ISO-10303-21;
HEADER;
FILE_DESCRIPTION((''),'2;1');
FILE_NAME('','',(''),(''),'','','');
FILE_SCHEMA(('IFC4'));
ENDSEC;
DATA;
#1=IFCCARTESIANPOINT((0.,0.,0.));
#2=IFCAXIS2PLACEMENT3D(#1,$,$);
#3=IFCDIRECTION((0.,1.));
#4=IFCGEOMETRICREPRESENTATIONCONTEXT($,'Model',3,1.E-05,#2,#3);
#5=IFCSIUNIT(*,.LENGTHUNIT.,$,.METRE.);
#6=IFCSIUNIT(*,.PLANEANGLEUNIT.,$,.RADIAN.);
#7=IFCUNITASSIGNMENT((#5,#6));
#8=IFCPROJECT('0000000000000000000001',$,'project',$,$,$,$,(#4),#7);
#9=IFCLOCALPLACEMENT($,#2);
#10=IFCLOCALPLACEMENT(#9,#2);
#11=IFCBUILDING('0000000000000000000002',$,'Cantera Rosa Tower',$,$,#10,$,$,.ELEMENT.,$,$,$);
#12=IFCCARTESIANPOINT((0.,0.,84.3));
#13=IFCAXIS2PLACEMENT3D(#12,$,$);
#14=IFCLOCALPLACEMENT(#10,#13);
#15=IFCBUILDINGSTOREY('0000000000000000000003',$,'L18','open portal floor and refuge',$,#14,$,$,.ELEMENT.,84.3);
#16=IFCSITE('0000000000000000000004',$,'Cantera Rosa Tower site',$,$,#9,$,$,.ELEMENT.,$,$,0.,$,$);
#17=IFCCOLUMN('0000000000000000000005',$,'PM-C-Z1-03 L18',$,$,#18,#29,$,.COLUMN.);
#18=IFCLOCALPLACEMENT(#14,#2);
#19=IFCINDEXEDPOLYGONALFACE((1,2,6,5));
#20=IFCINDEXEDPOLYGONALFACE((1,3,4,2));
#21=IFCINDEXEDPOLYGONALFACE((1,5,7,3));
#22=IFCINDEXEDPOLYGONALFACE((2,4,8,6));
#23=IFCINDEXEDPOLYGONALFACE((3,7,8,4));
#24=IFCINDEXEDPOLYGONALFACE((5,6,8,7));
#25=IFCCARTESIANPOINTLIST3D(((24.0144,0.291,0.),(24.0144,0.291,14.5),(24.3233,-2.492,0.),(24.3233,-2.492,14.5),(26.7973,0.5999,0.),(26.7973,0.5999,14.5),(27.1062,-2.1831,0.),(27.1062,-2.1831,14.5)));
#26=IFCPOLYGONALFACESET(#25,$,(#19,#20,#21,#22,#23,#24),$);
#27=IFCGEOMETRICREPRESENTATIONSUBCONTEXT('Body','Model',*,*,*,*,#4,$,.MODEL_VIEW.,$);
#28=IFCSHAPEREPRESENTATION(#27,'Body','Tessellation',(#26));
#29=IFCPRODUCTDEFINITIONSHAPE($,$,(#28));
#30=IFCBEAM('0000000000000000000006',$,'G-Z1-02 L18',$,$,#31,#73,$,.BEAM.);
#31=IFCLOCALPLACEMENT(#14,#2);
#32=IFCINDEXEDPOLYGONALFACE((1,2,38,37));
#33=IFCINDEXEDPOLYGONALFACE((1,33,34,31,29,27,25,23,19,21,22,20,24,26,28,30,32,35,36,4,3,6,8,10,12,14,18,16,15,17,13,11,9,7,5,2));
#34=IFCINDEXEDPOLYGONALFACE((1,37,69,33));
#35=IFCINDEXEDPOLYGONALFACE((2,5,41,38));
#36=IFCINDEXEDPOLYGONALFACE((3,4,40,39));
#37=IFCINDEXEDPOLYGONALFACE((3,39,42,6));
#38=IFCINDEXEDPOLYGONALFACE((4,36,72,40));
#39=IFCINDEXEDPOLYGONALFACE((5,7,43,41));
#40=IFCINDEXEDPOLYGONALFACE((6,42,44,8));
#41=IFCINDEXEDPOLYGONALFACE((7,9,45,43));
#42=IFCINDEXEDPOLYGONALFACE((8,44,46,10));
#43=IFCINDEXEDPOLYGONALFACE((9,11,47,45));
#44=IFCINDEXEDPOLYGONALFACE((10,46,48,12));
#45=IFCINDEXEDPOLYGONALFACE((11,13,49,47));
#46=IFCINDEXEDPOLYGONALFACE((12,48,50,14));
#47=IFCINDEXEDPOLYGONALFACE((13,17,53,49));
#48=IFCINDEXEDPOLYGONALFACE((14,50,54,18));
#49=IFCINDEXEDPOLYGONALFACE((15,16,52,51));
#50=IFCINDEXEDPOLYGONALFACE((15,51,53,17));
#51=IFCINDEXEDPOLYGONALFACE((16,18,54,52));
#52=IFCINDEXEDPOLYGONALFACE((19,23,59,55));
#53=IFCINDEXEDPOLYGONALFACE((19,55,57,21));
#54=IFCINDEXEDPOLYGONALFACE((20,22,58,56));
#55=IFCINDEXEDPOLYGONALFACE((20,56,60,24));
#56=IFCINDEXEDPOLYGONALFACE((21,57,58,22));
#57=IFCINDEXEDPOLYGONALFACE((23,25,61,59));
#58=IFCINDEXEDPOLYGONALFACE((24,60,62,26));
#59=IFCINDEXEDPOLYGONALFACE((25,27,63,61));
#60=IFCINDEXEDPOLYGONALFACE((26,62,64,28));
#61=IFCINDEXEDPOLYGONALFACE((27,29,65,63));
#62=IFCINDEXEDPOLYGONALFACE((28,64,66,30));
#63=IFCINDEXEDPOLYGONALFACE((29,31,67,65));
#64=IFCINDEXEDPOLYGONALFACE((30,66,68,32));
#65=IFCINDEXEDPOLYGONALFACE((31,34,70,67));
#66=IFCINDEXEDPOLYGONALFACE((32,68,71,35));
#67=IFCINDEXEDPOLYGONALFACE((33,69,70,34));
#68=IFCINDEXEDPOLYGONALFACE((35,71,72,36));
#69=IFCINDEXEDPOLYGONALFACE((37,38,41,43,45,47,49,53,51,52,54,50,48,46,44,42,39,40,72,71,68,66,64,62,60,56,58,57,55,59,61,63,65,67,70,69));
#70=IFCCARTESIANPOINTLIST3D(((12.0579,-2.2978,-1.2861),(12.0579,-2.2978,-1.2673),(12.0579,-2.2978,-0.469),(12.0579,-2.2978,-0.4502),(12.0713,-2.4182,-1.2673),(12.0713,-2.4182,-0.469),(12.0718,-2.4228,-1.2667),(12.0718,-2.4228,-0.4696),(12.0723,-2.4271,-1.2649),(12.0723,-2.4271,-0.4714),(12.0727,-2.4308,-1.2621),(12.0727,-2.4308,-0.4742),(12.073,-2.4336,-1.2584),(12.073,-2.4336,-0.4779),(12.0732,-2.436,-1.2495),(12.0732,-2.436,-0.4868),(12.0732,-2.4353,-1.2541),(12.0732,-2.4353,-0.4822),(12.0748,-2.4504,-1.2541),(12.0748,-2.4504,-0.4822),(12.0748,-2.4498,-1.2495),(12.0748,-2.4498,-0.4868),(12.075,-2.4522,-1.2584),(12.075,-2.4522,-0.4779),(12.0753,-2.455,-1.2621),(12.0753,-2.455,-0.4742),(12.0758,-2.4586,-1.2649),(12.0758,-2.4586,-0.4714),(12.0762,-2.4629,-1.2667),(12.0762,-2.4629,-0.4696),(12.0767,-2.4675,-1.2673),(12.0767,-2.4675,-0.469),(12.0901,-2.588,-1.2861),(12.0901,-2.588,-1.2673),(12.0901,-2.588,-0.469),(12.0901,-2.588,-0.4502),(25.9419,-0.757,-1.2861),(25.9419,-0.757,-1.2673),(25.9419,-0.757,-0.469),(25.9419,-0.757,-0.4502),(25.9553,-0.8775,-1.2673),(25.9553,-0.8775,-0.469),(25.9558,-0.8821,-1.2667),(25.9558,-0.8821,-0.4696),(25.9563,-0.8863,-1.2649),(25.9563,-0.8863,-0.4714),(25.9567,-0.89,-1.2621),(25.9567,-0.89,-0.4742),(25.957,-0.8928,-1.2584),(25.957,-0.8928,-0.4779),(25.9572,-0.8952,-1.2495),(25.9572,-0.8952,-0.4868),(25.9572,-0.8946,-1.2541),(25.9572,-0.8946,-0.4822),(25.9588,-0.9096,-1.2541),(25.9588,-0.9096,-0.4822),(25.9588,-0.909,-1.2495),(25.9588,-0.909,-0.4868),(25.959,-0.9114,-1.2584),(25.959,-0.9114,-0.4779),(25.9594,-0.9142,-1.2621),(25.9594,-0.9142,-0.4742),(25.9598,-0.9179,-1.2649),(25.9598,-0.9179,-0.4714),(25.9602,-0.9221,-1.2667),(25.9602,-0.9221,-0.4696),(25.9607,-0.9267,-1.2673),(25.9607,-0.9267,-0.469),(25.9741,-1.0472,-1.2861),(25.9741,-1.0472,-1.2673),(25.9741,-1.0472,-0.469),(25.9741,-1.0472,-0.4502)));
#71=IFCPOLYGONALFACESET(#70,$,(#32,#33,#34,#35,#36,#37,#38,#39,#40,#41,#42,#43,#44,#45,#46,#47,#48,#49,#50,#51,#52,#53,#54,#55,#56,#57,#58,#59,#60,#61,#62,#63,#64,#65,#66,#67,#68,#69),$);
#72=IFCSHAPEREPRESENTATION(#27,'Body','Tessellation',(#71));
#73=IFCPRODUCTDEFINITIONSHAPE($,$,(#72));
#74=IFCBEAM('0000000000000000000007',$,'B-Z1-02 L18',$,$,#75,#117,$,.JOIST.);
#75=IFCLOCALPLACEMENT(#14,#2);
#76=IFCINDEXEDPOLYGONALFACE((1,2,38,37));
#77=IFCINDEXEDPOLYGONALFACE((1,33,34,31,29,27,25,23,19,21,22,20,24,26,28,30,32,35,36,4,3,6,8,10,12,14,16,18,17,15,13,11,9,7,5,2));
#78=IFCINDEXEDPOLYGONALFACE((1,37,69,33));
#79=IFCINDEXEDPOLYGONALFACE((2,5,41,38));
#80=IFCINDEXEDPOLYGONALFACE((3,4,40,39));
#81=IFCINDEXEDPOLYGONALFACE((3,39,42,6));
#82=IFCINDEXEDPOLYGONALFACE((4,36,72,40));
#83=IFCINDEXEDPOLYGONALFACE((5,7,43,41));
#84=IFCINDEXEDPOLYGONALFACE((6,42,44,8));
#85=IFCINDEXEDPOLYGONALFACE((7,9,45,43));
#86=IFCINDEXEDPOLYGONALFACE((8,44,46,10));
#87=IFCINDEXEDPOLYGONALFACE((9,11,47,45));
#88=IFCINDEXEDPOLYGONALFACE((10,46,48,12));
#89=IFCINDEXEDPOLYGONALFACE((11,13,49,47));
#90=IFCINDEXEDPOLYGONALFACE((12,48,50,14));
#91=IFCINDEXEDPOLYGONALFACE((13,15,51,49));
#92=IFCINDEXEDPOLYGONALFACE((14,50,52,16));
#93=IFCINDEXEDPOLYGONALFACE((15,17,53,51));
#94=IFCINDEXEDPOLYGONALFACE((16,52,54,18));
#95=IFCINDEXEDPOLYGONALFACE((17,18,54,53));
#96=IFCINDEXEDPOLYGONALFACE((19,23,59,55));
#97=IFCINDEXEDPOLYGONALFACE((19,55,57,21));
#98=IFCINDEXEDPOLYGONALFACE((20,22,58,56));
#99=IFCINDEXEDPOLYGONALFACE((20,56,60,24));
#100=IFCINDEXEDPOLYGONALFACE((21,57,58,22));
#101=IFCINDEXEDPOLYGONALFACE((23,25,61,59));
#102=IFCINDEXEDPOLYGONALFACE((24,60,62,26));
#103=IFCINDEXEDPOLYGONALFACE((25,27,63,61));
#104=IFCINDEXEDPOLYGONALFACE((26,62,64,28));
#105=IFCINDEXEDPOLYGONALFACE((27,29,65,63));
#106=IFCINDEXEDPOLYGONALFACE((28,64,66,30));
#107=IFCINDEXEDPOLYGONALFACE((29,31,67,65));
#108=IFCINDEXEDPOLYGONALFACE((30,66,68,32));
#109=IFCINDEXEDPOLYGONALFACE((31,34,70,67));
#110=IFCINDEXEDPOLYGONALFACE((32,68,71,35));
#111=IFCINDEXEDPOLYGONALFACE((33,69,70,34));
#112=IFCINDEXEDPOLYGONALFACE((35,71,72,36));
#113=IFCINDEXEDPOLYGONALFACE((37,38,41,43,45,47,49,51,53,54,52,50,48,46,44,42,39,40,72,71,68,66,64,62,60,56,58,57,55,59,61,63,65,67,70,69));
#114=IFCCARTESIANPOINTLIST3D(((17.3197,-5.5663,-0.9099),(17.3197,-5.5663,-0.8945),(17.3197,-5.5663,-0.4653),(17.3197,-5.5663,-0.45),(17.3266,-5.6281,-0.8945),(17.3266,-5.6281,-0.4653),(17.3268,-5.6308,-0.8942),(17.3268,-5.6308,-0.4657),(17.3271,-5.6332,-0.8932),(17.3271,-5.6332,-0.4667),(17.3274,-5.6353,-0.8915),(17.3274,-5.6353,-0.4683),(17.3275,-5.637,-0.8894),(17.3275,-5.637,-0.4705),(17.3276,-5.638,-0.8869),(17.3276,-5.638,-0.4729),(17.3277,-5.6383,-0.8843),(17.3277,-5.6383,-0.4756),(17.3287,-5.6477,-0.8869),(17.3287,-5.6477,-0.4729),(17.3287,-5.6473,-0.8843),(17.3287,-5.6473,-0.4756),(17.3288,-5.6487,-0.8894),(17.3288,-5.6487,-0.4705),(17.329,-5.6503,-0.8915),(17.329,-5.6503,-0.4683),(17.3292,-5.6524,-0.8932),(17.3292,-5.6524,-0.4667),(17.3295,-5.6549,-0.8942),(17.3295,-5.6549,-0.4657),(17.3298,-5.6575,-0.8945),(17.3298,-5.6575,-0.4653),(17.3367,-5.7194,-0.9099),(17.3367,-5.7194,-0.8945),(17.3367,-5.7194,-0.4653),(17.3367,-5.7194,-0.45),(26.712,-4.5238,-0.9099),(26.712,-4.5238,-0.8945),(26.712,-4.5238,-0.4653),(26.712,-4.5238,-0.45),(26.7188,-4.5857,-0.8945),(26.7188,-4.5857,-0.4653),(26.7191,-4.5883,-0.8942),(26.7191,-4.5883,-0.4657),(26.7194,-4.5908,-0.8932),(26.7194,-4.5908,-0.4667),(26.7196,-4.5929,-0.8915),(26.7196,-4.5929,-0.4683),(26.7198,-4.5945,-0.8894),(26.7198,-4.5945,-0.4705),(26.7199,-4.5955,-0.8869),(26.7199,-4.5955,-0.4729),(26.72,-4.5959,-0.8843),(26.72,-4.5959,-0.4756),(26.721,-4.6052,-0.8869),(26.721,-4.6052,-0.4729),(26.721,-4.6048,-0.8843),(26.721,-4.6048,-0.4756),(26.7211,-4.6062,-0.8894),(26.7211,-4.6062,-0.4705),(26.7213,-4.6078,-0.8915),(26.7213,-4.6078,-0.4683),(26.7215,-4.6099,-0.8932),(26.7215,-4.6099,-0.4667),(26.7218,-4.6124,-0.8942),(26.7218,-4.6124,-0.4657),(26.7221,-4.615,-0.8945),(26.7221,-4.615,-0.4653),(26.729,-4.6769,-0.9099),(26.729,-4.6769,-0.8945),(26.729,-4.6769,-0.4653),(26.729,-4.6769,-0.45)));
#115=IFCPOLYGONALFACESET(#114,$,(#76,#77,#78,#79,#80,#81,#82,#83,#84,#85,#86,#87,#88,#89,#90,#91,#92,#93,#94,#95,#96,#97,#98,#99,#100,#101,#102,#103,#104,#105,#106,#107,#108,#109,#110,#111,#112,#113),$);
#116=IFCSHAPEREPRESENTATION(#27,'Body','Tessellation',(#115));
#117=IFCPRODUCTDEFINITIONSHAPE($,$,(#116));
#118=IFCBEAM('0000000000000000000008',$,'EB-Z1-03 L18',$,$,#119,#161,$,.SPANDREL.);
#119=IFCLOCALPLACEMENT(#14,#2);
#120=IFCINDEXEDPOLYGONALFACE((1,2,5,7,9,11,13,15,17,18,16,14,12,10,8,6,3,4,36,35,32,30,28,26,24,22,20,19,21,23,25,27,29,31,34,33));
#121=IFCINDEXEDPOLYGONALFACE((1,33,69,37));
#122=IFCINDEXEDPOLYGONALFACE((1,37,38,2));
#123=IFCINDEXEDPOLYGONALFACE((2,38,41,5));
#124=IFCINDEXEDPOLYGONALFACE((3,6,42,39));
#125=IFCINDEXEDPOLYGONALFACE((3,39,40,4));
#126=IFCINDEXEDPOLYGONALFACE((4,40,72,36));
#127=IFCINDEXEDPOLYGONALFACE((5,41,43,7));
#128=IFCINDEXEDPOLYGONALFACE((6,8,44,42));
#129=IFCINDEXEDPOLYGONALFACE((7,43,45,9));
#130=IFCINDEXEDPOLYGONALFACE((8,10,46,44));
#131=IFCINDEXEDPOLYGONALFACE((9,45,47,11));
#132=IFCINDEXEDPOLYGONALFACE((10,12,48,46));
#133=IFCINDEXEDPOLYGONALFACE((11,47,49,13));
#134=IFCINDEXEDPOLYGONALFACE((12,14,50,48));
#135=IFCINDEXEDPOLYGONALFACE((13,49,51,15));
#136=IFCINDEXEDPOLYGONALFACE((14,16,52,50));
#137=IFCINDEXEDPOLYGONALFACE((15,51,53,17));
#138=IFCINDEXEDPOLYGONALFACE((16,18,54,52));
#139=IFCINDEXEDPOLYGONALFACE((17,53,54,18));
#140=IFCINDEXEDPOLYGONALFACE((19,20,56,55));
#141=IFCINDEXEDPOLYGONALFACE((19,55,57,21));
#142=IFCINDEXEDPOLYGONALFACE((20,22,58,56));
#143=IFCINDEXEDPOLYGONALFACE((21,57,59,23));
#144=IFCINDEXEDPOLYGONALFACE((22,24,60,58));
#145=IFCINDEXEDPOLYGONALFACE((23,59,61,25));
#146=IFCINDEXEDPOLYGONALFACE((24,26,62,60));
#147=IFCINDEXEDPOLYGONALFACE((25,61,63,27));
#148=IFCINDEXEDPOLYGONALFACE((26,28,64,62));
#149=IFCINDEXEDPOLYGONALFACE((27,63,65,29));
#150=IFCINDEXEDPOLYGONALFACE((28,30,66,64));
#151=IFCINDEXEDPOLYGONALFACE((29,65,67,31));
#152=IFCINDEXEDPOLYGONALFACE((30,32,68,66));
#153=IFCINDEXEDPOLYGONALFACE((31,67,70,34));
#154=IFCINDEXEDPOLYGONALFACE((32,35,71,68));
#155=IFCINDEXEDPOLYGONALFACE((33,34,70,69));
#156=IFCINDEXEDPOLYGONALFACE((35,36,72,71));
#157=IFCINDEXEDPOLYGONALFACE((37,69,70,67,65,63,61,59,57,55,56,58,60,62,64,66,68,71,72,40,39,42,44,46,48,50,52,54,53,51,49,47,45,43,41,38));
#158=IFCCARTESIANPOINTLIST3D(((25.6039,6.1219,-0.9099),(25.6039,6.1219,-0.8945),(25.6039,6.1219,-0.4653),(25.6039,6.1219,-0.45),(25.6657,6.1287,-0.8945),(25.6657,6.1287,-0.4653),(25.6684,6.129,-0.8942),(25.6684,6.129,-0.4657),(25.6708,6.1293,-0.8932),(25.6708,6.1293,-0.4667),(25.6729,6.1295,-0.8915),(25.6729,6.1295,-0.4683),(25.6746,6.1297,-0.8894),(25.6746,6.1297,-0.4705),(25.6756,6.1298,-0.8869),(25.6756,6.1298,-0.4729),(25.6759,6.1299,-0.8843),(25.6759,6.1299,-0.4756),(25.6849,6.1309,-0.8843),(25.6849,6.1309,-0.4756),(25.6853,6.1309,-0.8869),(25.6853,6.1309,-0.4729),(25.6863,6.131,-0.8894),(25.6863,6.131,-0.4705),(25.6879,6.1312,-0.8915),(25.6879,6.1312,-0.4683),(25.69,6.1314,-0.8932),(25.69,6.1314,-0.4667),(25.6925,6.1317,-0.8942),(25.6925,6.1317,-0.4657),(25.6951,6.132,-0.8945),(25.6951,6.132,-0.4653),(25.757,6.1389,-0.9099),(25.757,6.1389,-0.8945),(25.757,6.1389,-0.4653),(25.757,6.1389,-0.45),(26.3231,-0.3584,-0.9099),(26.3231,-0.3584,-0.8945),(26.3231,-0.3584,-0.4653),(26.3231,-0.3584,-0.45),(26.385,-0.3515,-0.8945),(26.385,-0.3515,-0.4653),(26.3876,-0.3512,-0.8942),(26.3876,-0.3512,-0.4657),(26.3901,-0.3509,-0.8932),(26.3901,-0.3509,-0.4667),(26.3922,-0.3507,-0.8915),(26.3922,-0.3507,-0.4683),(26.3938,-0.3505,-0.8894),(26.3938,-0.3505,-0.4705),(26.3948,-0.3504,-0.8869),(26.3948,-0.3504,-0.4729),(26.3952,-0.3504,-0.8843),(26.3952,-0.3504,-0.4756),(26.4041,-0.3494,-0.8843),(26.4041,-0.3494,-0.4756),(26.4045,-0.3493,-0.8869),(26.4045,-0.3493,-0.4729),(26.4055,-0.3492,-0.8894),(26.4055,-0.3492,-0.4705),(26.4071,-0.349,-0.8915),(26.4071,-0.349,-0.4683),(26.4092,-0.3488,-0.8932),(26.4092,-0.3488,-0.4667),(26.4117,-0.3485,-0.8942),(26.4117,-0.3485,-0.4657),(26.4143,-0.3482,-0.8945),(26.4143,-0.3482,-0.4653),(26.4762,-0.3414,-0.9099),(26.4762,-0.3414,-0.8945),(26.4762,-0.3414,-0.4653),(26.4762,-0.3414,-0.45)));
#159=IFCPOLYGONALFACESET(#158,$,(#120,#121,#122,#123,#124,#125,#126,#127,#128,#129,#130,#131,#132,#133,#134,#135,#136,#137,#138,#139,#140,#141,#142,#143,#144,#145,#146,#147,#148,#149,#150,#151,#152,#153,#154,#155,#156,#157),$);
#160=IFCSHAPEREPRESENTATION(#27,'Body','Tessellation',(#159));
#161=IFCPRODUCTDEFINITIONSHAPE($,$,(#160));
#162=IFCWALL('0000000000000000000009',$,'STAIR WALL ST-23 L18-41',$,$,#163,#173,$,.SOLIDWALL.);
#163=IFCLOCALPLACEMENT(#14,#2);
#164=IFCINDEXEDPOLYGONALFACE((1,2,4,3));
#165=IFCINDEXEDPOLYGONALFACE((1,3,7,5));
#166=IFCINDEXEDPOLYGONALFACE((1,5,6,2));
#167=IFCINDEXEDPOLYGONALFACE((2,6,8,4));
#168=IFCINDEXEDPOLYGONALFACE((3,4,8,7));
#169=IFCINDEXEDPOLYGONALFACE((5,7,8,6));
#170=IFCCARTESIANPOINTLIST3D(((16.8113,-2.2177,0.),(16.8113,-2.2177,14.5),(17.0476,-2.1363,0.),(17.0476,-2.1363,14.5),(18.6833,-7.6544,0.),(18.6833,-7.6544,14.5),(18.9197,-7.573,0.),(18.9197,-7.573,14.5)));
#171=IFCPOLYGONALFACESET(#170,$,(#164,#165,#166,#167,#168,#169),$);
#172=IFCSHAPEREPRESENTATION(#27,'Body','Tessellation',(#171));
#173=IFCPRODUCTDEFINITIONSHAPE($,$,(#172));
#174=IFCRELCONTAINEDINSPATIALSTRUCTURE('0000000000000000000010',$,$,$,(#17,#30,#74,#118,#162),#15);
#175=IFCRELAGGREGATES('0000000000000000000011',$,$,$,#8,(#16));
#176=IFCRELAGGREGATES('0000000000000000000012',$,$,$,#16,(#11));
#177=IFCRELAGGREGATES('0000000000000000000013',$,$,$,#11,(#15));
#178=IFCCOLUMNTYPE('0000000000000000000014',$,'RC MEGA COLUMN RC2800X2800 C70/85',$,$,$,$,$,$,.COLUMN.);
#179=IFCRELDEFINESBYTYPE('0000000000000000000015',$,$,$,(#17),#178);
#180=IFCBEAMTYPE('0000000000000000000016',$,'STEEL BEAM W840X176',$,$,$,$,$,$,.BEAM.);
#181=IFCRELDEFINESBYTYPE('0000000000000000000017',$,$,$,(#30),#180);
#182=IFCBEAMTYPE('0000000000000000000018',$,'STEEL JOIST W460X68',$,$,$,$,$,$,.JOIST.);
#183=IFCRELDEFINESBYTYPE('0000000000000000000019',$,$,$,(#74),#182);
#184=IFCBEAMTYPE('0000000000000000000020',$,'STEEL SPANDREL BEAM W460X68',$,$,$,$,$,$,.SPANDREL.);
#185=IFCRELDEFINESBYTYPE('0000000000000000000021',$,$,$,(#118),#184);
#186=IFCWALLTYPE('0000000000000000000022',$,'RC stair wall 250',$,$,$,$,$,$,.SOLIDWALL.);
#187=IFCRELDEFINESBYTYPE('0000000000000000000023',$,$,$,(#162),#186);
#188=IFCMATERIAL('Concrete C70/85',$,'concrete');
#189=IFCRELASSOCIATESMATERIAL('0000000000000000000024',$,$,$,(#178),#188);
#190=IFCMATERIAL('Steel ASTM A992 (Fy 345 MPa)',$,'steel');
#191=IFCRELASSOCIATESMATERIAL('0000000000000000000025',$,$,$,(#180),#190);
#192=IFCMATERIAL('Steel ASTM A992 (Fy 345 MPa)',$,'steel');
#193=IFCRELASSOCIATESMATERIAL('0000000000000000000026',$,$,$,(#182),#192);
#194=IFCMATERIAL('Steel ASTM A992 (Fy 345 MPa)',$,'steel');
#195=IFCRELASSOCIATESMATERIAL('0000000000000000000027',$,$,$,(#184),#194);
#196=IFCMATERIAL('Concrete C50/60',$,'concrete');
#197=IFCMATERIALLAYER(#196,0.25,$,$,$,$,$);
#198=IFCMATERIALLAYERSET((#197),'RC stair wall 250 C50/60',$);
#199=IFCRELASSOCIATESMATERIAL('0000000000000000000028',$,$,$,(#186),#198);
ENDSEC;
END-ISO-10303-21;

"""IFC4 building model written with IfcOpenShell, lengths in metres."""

from ifc_helpers import new_model, si_unit, direction, frame, frame_2d, origin, origin_2d, place, context, subcontext, project, spatial, rectangle, i_section, extrude, material, layer, layer_set, material_profile, profile_set, type_object, element, save


model = new_model("IFC4")

# Units and contexts
model_context = context("Model", 3, precision=1e-05, world=origin(), true_north=direction((0.0, 1.0)))
body_context = subcontext(model_context, "Body", "Model", "MODEL_VIEW")
ifc_project = project(units=[si_unit("LENGTHUNIT", "METRE"), si_unit("PLANEANGLEUNIT", "RADIAN")], contexts=[model_context])

# Site, building, storey
site_placement = place(None, origin())
site = spatial("IfcSite", under=ifc_project, at=site_placement, Name="Cantera Rosa Tower site", CompositionType="ELEMENT", RefElevation=0.0)
building_placement = place(site_placement, origin())
building = spatial("IfcBuilding", under=site, at=building_placement, Name="Cantera Rosa Tower", CompositionType="ELEMENT")
storey_placement = place(building_placement, frame((0.0, 0.0, 84.3)))
storey = spatial("IfcBuildingStorey", under=building, at=storey_placement, Name="L18", Description="open portal floor and refuge", CompositionType="ELEMENT", Elevation=84.3)

# Column
ifc_material_1 = material(Name="Concrete C70/85", Category="concrete")
ifc_material_profile_1 = material_profile(ifc_material_1, rectangle(XDim=2.8, YDim=2.8, at=origin_2d()), Name="RC MEGA COLUMN RC2800X2800 C70/85")
ifc_profile_set_1 = profile_set([ifc_material_profile_1], Name="Concrete C70/85")
column_type = type_object("IfcColumnType", Name="RC MEGA COLUMN RC2800X2800 C70/85", PredefinedType="COLUMN", material=ifc_profile_set_1)
column_placement = place(storey_placement, frame((25.5603, -0.946, 0.0), z_axis=(0.0, 0.0, 1.0), x_axis=(0.993897, 0.110313, 0.0)))
element("IfcColumn", 1, at=column_placement, inside=storey, type_object=column_type, Name="PM-C-Z1-03 L18", PredefinedType="COLUMN", context=body_context, shape_type="SweptSolid", body=[
    extrude(rectangle(XDim=2.8, YDim=2.8, at=origin_2d()), origin(), (0.0, 0.0, 1.0), 14.5),
])

# Beams
ifc_material_2 = material(Name="Steel ASTM A992 (Fy 345 MPa)", Category="steel")
ifc_material_profile_2 = material_profile(ifc_material_2, i_section(OverallWidth=0.292, OverallDepth=0.8359, WebThickness=0.0139, FlangeThickness=0.0188, FilletRadius=0.0178, at=origin_2d()), Name="W840X176")
ifc_profile_set_2 = profile_set([ifc_material_profile_2], Name="Steel ASTM A992 (Fy 345 MPa)")
beam_type_1 = type_object("IfcBeamType", Name="STEEL BEAM W840X176", PredefinedType="BEAM", material=ifc_profile_set_2)
beam_1_placement = place(storey_placement, frame((25.958, -0.9021, -0.8682), z_axis=(-0.993899, -0.110297, 0.0), x_axis=(0.110297, -0.993899, 0.0)))
element("IfcBeam", 2, at=beam_1_placement, inside=storey, type_object=beam_type_1, Name="G-Z1-02 L18", PredefinedType="BEAM", context=body_context, shape_type="SweptSolid", body=[
    extrude(i_section(OverallWidth=0.292, OverallDepth=0.8359, WebThickness=0.0139, FlangeThickness=0.0188, FilletRadius=0.0178, at=origin_2d()), origin(), (0.0, 0.0, 1.0), 13.9692),
])
ifc_material_3 = material(Name="Steel ASTM A992 (Fy 345 MPa)", Category="steel")
ifc_material_profile_3 = material_profile(ifc_material_3, i_section(OverallWidth=0.1541, OverallDepth=0.46, WebThickness=0.009, FlangeThickness=0.0154, FilletRadius=0.0103, at=origin_2d()), Name="W460X68")
ifc_profile_set_3 = profile_set([ifc_material_profile_3], Name="Steel ASTM A992 (Fy 345 MPa)")
beam_type_2 = type_object("IfcBeamType", Name="STEEL JOIST W460X68", PredefinedType="JOIST", material=ifc_profile_set_3)
beam_2_placement = place(storey_placement, frame((26.7205, -4.6003, -0.6799), z_axis=(-0.993897, -0.110315, 0.0), x_axis=(0.110315, -0.993897, 0.0)))
element("IfcBeam", 3, at=beam_2_placement, inside=storey, type_object=beam_type_2, Name="B-Z1-02 L18", PredefinedType="JOIST", context=body_context, shape_type="SweptSolid", body=[
    extrude(i_section(OverallWidth=0.1541, OverallDepth=0.46, WebThickness=0.009, FlangeThickness=0.0154, FilletRadius=0.0103, at=origin_2d()), origin(), (0.0, 0.0, 1.0), 9.45),
])
ifc_material_4 = material(Name="Steel ASTM A992 (Fy 345 MPa)", Category="steel")
ifc_material_profile_4 = material_profile(ifc_material_4, i_section(OverallWidth=0.1541, OverallDepth=0.46, WebThickness=0.009, FlangeThickness=0.0154, FilletRadius=0.0103, at=origin_2d()), Name="W460X68")
ifc_profile_set_4 = profile_set([ifc_material_profile_4], Name="Steel ASTM A992 (Fy 345 MPa)")
beam_type_3 = type_object("IfcBeamType", Name="STEEL SPANDREL BEAM W460X68", PredefinedType="SPANDREL", material=ifc_profile_set_4)
beam_3_placement = place(storey_placement, frame((26.3997, -0.3499, -0.6799), z_axis=(-0.110312, 0.993897, 0.0), x_axis=(-0.993897, -0.110312, 0.0)))
element("IfcBeam", 4, at=beam_3_placement, inside=storey, type_object=beam_type_3, Name="EB-Z1-03 L18", PredefinedType="SPANDREL", context=body_context, shape_type="SweptSolid", body=[
    extrude(i_section(OverallWidth=0.1541, OverallDepth=0.46, WebThickness=0.009, FlangeThickness=0.0154, FilletRadius=0.0103, at=origin_2d()), origin(), (0.0, 0.0, 1.0), 6.52),
])

# Wall
ifc_material_5 = material(Name="Concrete C50/60", Category="concrete")
ifc_layer = layer(ifc_material_5, 0.25)
ifc_layer_set = layer_set([ifc_layer], Name="RC stair wall 250 C50/60")
wall_type = type_object("IfcWallType", Name="RC stair wall 250", PredefinedType="SOLIDWALL", material=ifc_layer_set)
wall_placement = place(storey_placement, frame((16.9294, -2.177, 0.0), z_axis=(0.0, 0.0, 1.0), x_axis=(0.325575, -0.945516, 0.0)))
element("IfcWall", 5, at=wall_placement, inside=storey, type_object=wall_type, Name="STAIR WALL ST-23 L18-41", PredefinedType="SOLIDWALL", context=body_context, shape_type="SweptSolid", body=[
    extrude(rectangle(XDim=5.75, YDim=0.25, at=frame_2d((2.875, 0.0))), origin(), (0.0, 0.0, 1.0), 14.5),
])

save(model, "model.ifc")
